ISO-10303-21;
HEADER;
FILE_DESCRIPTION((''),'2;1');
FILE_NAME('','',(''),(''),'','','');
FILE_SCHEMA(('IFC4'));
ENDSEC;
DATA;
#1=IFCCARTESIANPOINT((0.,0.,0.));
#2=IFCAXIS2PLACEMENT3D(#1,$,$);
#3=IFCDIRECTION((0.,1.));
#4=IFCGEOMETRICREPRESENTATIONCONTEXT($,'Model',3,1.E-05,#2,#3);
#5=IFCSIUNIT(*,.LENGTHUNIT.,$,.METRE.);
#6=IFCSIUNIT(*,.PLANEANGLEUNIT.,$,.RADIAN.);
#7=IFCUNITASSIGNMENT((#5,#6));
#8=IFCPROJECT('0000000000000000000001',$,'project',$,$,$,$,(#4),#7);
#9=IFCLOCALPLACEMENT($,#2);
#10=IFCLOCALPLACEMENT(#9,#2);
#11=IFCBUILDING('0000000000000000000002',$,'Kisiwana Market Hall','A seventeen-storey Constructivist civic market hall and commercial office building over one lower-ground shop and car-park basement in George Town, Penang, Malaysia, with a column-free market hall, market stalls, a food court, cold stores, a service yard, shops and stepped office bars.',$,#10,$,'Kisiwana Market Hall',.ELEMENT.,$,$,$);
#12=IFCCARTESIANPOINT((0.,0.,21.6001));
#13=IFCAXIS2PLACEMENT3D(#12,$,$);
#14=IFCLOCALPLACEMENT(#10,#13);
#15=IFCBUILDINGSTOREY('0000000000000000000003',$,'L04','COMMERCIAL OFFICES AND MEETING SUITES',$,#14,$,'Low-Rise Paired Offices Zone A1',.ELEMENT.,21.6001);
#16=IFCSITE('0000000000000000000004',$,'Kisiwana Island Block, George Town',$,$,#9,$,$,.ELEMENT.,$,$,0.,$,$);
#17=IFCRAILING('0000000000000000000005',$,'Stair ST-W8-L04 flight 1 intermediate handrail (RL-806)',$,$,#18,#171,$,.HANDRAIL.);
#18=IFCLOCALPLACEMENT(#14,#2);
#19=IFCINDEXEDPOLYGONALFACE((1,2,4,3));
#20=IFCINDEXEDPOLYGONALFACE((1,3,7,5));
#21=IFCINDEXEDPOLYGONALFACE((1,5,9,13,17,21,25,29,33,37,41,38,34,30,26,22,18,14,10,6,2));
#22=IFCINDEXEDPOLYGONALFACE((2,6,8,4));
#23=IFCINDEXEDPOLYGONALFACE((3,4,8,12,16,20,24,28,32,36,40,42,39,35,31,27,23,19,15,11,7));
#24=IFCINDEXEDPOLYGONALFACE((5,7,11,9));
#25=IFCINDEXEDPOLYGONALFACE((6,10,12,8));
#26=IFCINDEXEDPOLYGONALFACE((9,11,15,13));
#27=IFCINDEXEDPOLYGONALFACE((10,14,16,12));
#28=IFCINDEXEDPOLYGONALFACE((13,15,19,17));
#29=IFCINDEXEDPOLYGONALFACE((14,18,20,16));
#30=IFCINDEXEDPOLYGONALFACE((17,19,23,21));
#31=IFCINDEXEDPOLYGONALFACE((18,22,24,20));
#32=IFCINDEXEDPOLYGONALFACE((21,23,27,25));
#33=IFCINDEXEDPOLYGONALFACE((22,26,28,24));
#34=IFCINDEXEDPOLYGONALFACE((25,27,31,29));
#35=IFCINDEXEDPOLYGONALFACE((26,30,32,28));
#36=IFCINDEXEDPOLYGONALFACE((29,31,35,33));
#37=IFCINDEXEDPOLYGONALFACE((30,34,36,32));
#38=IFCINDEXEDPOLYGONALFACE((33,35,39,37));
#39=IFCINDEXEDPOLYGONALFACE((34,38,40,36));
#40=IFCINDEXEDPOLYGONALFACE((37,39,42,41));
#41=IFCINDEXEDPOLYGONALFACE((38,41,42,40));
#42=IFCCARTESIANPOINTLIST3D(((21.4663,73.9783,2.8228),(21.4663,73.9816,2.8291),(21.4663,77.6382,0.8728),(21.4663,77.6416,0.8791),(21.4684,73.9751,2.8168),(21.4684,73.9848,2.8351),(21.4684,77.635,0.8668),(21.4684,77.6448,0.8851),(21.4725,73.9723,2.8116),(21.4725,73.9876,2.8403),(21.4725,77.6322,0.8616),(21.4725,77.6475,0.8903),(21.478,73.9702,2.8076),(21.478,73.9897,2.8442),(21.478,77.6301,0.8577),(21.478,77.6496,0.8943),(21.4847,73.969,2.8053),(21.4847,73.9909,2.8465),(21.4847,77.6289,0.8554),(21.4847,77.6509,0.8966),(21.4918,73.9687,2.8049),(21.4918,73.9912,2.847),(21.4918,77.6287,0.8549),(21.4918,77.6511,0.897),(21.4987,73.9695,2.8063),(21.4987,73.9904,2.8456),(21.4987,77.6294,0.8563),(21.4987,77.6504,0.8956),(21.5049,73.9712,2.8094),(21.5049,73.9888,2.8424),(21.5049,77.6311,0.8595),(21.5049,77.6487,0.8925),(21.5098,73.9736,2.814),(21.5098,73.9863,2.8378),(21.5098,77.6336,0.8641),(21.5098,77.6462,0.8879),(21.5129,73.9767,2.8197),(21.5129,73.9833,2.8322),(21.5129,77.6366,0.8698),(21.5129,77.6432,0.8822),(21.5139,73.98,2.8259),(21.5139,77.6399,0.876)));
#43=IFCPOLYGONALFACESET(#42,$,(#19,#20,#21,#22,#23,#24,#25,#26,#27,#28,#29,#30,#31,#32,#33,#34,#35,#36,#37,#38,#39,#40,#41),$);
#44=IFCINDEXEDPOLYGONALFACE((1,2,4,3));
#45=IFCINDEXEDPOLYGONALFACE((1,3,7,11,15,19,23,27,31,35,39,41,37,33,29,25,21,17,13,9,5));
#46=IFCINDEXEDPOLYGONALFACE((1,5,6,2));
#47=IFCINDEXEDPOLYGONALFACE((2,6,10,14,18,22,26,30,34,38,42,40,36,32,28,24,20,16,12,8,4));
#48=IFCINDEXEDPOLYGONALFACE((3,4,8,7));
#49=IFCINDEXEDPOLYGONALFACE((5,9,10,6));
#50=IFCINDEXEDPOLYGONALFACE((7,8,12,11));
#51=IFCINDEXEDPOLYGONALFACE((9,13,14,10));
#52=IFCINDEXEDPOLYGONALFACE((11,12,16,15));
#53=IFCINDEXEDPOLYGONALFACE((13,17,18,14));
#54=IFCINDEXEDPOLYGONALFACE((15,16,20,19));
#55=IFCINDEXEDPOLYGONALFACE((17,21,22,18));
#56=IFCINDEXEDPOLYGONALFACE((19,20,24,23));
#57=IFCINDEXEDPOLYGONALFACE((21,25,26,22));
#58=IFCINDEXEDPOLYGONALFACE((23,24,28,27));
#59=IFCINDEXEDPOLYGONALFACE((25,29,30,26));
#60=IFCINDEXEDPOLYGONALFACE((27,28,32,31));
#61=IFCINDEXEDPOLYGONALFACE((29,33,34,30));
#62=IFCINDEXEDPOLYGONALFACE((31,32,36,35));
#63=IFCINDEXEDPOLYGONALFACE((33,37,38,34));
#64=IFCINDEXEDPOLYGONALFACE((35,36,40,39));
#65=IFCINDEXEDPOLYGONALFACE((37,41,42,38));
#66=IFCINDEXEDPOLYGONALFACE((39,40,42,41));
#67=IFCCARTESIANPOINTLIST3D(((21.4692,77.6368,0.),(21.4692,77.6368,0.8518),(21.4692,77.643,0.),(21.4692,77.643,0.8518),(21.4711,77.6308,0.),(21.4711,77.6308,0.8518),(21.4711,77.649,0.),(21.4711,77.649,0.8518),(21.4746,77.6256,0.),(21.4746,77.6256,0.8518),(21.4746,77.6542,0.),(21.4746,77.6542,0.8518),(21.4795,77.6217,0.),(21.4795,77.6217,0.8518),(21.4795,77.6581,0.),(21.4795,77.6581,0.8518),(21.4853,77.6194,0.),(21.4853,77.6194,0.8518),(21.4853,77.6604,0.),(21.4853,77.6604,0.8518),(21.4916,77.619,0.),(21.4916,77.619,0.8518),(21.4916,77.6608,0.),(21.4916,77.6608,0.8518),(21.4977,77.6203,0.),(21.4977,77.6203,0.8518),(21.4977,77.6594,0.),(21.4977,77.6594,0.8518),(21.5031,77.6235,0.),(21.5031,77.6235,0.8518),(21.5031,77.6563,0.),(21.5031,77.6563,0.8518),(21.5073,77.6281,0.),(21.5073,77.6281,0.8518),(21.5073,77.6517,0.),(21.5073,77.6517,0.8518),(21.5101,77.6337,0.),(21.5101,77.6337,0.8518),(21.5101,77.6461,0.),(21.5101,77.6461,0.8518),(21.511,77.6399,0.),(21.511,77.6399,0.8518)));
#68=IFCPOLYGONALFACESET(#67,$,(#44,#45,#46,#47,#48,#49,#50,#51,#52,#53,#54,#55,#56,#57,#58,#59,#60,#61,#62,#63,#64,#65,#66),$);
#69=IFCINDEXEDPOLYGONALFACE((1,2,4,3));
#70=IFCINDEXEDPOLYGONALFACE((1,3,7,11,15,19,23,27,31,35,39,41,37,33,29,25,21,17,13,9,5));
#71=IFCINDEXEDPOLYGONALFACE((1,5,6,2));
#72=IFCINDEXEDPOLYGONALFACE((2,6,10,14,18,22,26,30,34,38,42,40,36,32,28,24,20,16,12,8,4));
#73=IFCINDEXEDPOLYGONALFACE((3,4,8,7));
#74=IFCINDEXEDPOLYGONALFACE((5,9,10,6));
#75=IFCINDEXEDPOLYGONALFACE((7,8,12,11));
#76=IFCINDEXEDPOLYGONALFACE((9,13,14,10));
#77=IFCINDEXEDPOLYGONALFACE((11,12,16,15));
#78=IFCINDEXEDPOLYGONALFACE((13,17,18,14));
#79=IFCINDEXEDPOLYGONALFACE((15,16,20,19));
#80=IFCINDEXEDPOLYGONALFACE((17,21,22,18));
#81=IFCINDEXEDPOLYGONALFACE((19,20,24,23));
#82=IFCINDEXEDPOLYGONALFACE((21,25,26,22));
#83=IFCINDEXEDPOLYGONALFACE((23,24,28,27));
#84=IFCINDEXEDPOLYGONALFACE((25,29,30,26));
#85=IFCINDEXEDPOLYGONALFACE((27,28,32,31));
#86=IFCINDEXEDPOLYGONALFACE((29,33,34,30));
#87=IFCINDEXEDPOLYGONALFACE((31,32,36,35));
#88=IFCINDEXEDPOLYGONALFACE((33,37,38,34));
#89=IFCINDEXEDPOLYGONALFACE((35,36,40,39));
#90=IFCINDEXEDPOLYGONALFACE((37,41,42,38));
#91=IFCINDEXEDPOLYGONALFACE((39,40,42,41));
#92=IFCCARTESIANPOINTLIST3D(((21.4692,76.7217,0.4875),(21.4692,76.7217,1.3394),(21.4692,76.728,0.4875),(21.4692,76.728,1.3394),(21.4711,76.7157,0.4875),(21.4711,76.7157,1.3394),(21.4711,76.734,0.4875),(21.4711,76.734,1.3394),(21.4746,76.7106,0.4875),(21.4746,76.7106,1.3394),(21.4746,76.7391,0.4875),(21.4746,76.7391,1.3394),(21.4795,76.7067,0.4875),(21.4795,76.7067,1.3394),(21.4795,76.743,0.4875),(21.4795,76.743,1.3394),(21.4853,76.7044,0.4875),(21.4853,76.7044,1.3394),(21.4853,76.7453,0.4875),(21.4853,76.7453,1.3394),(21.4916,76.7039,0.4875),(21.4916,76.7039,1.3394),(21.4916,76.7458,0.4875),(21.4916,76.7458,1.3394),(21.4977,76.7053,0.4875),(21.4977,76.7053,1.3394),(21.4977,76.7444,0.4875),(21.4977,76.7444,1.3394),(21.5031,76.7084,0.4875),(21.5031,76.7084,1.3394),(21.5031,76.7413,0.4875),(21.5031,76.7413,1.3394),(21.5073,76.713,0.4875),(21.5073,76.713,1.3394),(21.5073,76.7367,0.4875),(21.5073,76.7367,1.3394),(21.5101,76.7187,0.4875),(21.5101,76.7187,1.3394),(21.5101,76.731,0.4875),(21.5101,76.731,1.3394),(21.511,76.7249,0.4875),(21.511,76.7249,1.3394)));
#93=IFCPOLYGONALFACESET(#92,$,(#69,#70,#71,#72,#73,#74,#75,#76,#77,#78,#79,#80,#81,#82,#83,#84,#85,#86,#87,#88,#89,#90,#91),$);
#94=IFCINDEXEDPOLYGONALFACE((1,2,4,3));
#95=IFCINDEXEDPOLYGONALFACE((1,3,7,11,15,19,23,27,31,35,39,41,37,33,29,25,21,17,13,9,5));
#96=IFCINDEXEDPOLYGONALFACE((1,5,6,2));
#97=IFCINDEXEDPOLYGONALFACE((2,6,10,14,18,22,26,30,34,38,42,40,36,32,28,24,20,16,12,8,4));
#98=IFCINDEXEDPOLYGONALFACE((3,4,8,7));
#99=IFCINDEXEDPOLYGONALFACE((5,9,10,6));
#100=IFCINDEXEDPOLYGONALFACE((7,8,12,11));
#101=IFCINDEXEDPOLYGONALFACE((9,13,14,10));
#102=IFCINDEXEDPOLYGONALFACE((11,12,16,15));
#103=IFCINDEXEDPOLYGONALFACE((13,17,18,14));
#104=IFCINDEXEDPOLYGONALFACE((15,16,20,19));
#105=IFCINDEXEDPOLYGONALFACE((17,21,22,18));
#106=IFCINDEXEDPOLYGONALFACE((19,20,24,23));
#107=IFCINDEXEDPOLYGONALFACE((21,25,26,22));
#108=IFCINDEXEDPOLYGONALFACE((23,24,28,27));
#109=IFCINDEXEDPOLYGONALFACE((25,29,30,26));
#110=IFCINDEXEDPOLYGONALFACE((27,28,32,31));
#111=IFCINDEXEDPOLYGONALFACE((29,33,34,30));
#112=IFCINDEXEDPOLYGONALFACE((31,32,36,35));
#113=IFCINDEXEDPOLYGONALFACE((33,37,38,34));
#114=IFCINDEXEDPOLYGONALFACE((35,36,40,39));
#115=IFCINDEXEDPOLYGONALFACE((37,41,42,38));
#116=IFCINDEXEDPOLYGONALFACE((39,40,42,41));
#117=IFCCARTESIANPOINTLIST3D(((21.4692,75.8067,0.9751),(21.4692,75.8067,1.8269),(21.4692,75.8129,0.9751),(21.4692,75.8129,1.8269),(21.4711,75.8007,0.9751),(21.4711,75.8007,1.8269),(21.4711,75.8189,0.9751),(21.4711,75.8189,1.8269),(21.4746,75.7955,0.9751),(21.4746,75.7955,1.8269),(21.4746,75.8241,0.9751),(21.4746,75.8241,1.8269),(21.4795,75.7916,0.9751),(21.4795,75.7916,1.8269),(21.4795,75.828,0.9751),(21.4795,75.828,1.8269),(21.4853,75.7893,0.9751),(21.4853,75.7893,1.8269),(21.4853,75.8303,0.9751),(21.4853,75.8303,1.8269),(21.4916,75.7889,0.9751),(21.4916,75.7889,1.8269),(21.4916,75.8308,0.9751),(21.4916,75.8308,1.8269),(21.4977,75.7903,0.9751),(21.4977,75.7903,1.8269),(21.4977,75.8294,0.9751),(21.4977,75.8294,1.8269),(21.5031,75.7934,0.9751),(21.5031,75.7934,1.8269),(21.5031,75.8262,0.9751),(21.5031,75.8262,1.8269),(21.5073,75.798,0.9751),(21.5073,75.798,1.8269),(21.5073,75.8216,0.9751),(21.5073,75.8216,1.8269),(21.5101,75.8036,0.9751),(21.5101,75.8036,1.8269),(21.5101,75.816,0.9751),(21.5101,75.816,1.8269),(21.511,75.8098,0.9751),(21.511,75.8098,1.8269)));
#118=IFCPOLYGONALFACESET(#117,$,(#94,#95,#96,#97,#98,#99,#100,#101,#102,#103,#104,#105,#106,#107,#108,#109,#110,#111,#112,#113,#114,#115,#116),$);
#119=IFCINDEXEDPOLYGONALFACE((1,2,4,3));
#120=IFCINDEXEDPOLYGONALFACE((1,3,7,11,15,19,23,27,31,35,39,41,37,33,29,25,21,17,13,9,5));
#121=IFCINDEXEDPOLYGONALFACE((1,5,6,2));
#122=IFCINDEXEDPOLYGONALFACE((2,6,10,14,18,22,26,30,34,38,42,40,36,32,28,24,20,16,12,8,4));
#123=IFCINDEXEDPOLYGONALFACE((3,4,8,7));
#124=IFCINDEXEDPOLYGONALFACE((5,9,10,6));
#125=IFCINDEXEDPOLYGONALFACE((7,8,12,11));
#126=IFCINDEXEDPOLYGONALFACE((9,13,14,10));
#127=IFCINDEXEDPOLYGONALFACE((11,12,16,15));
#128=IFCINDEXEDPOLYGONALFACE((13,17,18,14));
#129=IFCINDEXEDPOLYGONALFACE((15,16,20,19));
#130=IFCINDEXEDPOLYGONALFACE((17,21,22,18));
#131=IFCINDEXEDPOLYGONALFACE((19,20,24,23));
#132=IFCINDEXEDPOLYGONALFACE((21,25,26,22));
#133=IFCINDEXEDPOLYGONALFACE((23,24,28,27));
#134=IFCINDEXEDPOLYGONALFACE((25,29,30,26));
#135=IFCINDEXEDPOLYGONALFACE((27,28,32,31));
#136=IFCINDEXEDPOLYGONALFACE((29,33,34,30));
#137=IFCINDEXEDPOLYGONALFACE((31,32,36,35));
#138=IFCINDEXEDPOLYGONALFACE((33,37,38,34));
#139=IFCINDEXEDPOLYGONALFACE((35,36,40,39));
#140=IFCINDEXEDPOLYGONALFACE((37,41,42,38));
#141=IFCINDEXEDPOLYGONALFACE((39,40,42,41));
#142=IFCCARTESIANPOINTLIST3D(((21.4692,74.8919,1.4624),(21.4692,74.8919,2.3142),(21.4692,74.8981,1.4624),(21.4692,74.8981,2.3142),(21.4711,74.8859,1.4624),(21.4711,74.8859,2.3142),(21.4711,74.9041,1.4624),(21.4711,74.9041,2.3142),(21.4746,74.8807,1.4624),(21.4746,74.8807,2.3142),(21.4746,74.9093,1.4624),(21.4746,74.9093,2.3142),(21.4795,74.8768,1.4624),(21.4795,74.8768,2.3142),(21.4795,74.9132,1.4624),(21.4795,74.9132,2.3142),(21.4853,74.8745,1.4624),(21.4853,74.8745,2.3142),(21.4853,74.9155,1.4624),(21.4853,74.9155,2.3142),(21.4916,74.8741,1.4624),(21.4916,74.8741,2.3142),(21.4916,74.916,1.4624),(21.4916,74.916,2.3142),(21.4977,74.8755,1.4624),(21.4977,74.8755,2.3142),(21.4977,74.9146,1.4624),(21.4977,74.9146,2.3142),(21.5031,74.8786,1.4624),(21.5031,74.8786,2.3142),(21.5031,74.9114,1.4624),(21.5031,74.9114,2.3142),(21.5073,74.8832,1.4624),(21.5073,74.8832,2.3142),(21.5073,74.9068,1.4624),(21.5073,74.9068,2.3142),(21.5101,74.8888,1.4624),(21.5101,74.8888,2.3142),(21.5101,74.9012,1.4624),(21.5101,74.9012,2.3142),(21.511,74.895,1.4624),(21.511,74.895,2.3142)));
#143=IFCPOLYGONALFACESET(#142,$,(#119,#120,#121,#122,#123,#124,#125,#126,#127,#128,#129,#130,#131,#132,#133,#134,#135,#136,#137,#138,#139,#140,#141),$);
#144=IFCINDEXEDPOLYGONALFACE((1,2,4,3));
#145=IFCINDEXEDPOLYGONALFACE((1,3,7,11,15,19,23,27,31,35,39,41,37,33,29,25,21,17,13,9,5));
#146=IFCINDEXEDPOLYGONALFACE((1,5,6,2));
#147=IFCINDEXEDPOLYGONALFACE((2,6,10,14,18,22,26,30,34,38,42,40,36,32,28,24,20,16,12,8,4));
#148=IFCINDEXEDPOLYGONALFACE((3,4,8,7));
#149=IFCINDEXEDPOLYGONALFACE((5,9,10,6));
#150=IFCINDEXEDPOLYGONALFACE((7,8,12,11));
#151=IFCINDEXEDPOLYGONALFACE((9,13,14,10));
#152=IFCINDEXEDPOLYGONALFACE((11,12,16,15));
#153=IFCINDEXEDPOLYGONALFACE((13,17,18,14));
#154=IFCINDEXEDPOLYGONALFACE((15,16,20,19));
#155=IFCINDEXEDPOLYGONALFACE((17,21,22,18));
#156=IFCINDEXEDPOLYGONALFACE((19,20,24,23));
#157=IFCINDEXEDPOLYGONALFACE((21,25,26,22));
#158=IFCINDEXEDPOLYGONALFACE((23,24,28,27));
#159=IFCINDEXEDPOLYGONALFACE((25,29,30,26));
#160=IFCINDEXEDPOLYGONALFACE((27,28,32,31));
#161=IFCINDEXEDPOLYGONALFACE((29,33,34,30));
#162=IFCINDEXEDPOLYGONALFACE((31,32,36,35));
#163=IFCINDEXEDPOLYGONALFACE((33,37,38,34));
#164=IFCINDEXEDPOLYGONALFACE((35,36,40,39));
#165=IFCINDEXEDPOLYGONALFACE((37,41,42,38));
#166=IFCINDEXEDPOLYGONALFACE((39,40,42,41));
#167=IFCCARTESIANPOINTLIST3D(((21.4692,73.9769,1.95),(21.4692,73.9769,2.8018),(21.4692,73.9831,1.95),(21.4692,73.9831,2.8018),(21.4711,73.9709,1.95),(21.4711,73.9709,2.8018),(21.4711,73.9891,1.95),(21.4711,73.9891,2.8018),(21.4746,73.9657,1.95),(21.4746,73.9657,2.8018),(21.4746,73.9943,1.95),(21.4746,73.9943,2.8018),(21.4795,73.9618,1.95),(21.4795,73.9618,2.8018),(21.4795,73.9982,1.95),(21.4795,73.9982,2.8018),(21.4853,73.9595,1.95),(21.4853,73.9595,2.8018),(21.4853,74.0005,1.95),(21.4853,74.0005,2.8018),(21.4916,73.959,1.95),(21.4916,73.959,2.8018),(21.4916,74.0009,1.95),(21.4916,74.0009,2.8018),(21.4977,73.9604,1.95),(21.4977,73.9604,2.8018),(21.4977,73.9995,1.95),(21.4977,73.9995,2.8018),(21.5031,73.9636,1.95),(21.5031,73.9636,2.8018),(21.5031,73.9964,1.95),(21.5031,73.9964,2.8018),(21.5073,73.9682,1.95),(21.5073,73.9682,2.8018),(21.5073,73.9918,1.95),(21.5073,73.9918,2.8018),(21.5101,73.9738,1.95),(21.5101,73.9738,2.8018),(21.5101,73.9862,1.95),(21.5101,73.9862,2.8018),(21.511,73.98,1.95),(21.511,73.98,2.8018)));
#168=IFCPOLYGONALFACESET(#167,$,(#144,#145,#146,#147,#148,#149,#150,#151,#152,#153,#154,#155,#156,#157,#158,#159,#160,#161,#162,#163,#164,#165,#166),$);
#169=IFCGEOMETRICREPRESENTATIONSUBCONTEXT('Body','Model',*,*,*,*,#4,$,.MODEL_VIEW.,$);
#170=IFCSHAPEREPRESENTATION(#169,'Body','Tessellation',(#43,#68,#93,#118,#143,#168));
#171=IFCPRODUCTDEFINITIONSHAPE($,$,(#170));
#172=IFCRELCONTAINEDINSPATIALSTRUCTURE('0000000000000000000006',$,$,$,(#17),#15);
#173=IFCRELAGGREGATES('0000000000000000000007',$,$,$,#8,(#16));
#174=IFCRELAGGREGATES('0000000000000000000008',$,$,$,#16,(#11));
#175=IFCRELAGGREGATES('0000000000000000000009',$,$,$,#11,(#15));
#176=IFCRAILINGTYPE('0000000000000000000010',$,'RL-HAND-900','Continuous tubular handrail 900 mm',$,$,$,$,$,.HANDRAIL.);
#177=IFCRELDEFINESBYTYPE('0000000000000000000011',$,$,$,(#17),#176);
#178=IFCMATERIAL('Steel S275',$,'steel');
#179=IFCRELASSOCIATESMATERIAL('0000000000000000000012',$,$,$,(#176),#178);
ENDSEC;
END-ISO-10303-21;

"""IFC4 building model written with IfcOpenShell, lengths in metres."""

from ifc_helpers import new_model, si_unit, direction, frame, origin, origin_2d, place, context, subcontext, project, spatial, circle, extrude, material, type_object, element, save


model = new_model("IFC4")

# Units and contexts
model_context = context("Model", 3, precision=1e-05, world=origin(), true_north=direction((0.0, 1.0)))
body_context = subcontext(model_context, "Body", "Model", "MODEL_VIEW")
ifc_project = project(units=[si_unit("LENGTHUNIT", "METRE"), si_unit("PLANEANGLEUNIT", "RADIAN")], contexts=[model_context])

# Site, building, storey
site_placement = place(None, origin())
site = spatial("IfcSite", under=ifc_project, at=site_placement, Name="Kisiwana Island Block, George Town", CompositionType="ELEMENT", RefElevation=0.0)
building_placement = place(site_placement, origin())
building = spatial("IfcBuilding", under=site, at=building_placement, Name="Kisiwana Market Hall", Description="A seventeen-storey Constructivist civic market hall and commercial office building over one lower-ground shop and car-park basement in George Town, Penang, Malaysia, with a column-free market hall, market stalls, a food court, cold stores, a service yard, shops and stepped office bars.", LongName="Kisiwana Market Hall", CompositionType="ELEMENT")
storey_placement = place(building_placement, frame((0.0, 0.0, 21.6001)))
storey = spatial("IfcBuildingStorey", under=building, at=storey_placement, Name="L04", Description="COMMERCIAL OFFICES AND MEETING SUITES", LongName="Low-Rise Paired Offices Zone A1", CompositionType="ELEMENT", Elevation=21.6001)

# Railing
ifc_material_1 = material(Name="Steel S275", Category="steel")
railing_type_1 = type_object("IfcRailingType", Name="RL-HAND-900", Description="Continuous tubular handrail 900 mm", PredefinedType="HANDRAIL", material=ifc_material_1)
railing_1_placement = place(storey_placement, frame((21.49, 77.6399, 0.0)))
element("IfcRailing", 1, at=railing_1_placement, inside=storey, type_object=railing_type_1, Name="Stair ST-W8-L04 flight 1 intermediate handrail (RL-806)", PredefinedType="HANDRAIL", context=body_context, shape_type="SweptSolid", body=[
    extrude(circle(Radius=0.0239, at=origin_2d()), frame((0.0, 0.0, 0.876), z_axis=(0.0, -0.882553, 0.470212), x_axis=(1.0, 0.0, 0.0)), (0.0, 0.0, 1.0), 4.147),
    extrude(circle(Radius=0.021, at=origin_2d()), origin(), (0.0, 0.0, 1.0), 0.8518),
    extrude(circle(Radius=0.021, at=origin_2d()), frame((0.0, -0.915, 0.4875)), (0.0, 0.0, 1.0), 0.8518),
    extrude(circle(Radius=0.021, at=origin_2d()), frame((0.0, -1.8301, 0.9751)), (0.0, 0.0, 1.0), 0.8518),
    extrude(circle(Radius=0.021, at=origin_2d()), frame((0.0, -2.7449, 1.4624)), (0.0, 0.0, 1.0), 0.8518),
    extrude(circle(Radius=0.021, at=origin_2d()), frame((0.0, -3.6599, 1.95)), (0.0, 0.0, 1.0), 0.8518),
])

save(model, "model.ifc")
